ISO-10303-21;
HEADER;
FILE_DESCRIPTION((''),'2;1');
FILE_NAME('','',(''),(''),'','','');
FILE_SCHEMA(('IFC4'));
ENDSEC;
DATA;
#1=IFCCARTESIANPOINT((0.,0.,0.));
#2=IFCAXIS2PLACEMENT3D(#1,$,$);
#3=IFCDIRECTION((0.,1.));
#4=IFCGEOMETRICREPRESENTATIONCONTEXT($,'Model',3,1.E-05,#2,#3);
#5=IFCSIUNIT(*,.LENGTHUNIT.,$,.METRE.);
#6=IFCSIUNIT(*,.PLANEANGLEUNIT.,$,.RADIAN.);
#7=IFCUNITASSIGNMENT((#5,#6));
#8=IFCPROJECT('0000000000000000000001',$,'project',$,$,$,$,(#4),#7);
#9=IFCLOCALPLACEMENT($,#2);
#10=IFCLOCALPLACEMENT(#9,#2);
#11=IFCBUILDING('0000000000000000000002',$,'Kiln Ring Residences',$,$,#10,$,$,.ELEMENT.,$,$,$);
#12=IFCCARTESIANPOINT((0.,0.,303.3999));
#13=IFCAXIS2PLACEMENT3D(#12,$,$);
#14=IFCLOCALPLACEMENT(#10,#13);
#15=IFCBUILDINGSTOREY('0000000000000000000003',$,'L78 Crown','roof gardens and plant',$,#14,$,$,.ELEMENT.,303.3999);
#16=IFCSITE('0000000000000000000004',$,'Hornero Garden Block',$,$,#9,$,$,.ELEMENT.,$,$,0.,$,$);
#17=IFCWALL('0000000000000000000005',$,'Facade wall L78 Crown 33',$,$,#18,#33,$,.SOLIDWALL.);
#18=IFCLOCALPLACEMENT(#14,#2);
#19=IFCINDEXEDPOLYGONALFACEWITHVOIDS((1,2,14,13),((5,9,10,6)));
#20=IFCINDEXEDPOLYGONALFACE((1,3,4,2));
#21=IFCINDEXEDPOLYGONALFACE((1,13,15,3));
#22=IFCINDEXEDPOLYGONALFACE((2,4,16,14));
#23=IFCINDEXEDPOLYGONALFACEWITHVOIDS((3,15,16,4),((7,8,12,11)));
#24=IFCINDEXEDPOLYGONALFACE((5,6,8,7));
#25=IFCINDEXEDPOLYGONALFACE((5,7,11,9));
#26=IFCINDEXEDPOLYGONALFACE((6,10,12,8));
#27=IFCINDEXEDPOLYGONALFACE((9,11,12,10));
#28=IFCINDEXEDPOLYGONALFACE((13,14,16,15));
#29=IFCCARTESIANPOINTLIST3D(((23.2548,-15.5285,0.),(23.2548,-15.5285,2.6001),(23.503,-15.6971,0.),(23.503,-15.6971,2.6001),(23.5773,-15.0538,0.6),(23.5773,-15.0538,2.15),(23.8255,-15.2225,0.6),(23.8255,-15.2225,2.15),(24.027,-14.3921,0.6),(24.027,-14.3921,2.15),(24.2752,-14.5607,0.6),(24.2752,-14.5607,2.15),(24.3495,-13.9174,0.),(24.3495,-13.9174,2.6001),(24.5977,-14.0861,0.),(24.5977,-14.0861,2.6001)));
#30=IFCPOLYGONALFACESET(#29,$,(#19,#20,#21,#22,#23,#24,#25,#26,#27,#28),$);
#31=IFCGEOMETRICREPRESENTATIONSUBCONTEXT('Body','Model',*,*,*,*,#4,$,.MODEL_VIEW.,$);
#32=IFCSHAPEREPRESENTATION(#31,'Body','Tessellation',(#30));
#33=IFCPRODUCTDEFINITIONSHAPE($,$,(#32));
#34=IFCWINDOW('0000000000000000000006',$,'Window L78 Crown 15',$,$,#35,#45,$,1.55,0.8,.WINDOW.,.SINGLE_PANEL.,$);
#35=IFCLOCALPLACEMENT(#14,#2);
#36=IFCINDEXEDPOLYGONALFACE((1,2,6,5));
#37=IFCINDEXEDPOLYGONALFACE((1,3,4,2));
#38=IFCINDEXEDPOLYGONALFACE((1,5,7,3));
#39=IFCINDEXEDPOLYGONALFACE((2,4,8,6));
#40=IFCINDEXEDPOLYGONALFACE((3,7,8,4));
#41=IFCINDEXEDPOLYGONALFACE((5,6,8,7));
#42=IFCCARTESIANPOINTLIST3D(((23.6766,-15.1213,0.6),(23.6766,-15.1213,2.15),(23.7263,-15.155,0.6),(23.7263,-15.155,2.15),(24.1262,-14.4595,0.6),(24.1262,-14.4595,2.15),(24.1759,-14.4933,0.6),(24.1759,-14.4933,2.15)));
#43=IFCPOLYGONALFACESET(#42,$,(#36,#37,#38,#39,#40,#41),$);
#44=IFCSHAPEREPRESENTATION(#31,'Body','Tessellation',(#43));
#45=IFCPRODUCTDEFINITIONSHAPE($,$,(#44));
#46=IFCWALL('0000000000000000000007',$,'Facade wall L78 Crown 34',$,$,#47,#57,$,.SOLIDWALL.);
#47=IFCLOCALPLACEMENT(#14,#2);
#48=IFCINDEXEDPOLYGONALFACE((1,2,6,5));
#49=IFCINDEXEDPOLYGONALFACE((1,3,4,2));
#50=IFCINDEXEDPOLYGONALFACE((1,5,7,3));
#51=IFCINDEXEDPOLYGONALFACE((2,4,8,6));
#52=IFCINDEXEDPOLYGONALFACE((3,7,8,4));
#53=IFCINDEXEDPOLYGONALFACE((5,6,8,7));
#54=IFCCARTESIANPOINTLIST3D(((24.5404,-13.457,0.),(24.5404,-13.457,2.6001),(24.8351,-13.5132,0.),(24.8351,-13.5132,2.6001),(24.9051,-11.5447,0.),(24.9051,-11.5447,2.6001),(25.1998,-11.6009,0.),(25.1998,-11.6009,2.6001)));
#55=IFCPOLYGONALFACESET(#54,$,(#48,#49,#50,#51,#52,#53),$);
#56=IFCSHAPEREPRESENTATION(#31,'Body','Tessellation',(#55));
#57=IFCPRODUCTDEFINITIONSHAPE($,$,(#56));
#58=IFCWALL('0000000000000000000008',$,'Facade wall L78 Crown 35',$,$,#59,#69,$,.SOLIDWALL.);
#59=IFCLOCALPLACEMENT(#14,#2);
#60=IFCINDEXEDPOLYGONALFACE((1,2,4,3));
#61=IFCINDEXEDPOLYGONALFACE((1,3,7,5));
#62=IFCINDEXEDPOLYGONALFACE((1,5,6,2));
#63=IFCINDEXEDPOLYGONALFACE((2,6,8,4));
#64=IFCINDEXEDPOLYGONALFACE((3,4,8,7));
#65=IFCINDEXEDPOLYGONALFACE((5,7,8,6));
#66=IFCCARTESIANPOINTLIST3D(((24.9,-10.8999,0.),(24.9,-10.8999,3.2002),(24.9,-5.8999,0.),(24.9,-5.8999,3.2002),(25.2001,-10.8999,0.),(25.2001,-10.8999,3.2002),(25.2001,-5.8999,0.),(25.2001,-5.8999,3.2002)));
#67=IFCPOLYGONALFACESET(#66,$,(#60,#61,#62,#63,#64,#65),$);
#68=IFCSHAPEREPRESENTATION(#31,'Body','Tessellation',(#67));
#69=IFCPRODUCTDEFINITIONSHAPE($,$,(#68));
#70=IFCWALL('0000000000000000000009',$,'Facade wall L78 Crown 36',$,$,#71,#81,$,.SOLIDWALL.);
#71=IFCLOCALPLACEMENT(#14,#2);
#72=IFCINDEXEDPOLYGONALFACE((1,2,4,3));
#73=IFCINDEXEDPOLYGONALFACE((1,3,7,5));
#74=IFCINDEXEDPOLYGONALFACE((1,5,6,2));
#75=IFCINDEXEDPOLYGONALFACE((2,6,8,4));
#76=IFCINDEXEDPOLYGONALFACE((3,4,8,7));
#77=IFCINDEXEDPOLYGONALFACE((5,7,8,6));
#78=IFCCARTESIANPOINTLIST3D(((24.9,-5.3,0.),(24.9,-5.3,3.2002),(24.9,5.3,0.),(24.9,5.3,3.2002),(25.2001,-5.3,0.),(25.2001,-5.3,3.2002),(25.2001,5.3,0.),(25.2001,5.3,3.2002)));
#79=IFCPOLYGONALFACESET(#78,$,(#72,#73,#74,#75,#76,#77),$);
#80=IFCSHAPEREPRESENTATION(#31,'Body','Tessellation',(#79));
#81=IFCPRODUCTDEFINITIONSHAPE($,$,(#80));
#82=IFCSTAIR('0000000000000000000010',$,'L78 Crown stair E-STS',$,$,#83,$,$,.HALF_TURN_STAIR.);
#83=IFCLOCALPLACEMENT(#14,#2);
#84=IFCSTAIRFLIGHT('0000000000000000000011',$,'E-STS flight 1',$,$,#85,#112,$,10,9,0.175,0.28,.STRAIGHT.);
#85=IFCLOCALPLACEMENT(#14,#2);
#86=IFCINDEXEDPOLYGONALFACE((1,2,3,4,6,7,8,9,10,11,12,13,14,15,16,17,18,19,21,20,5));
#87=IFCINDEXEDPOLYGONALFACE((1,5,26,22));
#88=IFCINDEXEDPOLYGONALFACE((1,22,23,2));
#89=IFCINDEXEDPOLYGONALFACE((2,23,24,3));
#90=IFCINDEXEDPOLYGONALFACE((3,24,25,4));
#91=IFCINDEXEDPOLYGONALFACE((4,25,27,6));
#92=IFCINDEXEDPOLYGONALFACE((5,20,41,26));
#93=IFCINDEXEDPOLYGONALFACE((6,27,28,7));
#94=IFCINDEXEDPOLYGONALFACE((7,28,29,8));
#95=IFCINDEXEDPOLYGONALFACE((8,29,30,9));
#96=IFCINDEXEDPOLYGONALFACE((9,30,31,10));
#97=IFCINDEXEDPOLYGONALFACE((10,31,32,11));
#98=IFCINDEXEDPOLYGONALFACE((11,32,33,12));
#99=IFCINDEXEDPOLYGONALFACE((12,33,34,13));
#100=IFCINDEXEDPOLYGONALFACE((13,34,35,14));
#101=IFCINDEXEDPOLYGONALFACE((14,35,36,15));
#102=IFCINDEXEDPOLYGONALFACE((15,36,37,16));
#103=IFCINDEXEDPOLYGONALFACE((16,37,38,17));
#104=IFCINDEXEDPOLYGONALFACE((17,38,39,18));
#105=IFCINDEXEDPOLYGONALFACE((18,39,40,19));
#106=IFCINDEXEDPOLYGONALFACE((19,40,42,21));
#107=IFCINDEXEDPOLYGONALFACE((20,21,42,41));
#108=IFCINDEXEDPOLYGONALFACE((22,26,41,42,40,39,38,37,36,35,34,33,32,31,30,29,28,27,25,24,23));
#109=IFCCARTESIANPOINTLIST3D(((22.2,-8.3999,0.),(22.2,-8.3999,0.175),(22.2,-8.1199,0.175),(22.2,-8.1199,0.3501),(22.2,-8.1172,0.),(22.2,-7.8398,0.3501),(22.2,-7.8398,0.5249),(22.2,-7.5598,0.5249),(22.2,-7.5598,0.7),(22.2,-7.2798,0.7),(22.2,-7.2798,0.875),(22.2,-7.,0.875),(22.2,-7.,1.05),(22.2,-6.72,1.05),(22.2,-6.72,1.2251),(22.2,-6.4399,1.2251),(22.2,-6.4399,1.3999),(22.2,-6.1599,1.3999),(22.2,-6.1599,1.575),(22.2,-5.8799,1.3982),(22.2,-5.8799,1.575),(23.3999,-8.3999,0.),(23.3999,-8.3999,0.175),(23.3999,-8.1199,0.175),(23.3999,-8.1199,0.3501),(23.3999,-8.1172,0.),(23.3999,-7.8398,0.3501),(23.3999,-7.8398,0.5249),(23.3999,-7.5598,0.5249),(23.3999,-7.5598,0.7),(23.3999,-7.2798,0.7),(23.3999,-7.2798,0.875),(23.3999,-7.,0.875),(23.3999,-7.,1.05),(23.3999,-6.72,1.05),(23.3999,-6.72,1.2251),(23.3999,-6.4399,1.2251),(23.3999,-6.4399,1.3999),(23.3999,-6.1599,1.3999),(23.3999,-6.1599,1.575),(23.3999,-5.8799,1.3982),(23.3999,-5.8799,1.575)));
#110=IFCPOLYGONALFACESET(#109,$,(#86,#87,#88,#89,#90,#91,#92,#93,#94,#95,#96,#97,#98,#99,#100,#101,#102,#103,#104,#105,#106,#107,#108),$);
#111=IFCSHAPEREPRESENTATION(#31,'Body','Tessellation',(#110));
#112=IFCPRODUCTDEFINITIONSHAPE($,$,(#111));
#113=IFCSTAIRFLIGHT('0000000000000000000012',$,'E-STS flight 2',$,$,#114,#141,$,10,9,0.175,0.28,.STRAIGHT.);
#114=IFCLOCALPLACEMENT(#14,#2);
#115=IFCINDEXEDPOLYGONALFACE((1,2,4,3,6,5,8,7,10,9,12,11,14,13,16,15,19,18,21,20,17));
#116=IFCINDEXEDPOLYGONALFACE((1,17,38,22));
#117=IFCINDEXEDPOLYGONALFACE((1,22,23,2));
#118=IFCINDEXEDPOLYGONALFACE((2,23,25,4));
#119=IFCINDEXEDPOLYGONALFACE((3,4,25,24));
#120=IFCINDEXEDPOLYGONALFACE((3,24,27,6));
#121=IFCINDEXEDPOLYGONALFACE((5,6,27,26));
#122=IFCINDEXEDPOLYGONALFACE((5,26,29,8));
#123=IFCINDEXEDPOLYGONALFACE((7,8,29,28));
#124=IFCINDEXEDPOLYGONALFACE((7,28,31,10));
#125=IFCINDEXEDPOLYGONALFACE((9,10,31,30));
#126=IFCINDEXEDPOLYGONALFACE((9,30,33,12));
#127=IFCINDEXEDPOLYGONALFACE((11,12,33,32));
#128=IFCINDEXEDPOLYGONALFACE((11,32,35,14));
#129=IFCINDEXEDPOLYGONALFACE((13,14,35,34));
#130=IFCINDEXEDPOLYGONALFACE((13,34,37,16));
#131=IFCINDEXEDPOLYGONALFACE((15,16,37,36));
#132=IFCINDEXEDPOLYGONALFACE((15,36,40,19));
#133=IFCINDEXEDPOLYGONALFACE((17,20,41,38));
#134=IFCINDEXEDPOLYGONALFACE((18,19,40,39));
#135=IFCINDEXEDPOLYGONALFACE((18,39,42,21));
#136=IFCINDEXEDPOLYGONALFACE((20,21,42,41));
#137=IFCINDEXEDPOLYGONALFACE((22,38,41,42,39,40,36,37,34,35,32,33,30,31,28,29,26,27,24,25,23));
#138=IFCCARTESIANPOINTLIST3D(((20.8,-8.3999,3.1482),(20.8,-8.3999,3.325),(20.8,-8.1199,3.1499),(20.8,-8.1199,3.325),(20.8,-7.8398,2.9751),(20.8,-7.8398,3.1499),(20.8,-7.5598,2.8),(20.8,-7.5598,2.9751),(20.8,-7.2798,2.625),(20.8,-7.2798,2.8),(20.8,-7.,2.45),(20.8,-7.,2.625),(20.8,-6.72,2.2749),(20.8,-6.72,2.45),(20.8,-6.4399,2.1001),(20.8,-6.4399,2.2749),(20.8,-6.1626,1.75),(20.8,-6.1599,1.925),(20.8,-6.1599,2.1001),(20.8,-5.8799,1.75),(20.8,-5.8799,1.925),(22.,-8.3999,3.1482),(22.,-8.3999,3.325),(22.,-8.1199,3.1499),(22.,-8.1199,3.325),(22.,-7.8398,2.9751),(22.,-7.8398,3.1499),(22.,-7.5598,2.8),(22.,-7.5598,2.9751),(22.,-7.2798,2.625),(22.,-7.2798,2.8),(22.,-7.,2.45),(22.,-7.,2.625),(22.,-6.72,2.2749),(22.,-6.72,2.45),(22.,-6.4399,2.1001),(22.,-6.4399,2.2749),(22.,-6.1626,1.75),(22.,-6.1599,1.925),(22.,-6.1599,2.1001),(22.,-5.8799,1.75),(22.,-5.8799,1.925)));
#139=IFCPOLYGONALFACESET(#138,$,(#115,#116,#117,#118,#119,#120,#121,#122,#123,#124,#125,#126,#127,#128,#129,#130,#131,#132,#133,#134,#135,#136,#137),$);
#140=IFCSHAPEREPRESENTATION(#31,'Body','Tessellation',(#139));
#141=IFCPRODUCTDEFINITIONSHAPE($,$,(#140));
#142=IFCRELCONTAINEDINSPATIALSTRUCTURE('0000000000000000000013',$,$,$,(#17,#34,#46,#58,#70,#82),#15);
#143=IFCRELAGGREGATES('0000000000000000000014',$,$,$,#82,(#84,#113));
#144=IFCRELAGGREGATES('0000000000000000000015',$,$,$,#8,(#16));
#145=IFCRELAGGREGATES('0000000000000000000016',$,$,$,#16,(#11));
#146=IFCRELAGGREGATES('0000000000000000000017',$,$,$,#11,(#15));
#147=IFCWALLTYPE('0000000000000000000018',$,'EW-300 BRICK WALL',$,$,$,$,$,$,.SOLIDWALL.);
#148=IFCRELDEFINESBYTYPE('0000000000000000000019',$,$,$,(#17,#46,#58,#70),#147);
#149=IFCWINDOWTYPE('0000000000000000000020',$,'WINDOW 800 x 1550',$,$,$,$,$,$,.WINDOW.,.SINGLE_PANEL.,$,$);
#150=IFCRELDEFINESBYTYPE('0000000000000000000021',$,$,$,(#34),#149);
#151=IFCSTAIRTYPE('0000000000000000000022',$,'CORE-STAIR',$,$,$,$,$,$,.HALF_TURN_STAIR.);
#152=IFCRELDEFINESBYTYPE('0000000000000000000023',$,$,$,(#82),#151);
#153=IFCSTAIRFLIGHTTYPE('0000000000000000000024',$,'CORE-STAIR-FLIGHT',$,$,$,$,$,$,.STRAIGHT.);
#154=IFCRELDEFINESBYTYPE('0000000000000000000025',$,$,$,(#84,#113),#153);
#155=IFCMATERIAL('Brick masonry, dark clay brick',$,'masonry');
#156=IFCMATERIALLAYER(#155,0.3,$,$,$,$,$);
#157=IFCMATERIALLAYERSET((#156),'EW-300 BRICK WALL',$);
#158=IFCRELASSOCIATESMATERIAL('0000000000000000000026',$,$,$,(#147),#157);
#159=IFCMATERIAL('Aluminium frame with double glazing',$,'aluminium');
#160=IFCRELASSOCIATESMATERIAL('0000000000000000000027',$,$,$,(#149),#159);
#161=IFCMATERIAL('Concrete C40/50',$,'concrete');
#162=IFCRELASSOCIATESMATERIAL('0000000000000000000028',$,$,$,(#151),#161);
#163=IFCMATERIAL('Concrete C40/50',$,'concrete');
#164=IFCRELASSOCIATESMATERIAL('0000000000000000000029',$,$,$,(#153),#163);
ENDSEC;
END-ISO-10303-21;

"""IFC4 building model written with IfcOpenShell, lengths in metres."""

from ifc_helpers import new_model, si_unit, direction, frame, frame_2d, origin, place, context, subcontext, project, spatial, polyline, rectangle, outline, extrude, material, layer, layer_set, type_object, element, fill, aggregate, save


model = new_model("IFC4")

# Units and contexts
model_context = context("Model", 3, precision=1e-05, world=origin(), true_north=direction((0.0, 1.0)))
body_context = subcontext(model_context, "Body", "Model", "MODEL_VIEW")
ifc_project = project(units=[si_unit("LENGTHUNIT", "METRE"), si_unit("PLANEANGLEUNIT", "RADIAN")], contexts=[model_context])

# Site, building, storey
site_placement = place(None, origin())
site = spatial("IfcSite", under=ifc_project, at=site_placement, Name="Hornero Garden Block", CompositionType="ELEMENT", RefElevation=0.0)
building_placement = place(site_placement, origin())
building = spatial("IfcBuilding", under=site, at=building_placement, Name="Kiln Ring Residences", CompositionType="ELEMENT")
storey_placement = place(building_placement, frame((0.0, 0.0, 303.3999)))
storey = spatial("IfcBuildingStorey", under=building, at=storey_placement, Name="L78 Crown", Description="roof gardens and plant", CompositionType="ELEMENT", Elevation=303.3999)

# Shared definitions
ifc_material_1 = material(Name="Brick masonry, dark clay brick", Category="masonry")
ifc_layer_1 = layer(ifc_material_1, 0.3)
ifc_layer_set_1 = layer_set([ifc_layer_1], Name="EW-300 BRICK WALL")
wall_type_1 = type_object("IfcWallType", Name="EW-300 BRICK WALL", PredefinedType="SOLIDWALL", material=ifc_layer_set_1)

# Wall, opening, window
wall_1_placement = place(storey_placement, frame((23.3789, -15.6128, 0.0), z_axis=(0.0, 0.0, 1.0), x_axis=(0.562025, 0.82712, 0.0)))
wall_1 = element("IfcWall", 1, at=wall_1_placement, inside=storey, type_object=wall_type_1, Name="Facade wall L78 Crown 33", PredefinedType="SOLIDWALL", context=body_context, shape_type="SweptSolid", body=[
    extrude(rectangle(XDim=1.9478, YDim=0.3, at=frame_2d((0.9739, 0.0))), origin(), (0.0, 0.0, 1.0), 2.6001),
])
opening_placement = place(wall_1_placement, frame((0.574, 0.0, 0.6001)))
opening = element("IfcOpeningElement", 2, at=opening_placement, cuts=wall_1, PredefinedType="OPENING", context=body_context, shape_type="SweptSolid", body=[
    extrude(rectangle(XDim=0.8, YDim=1.55, at=frame_2d((0.3999, 0.7749))), frame((0.0, 0.1599, 0.0), z_axis=(0.0, -1.0, 0.0), x_axis=(1.0, 0.0, 0.0)), (0.0, 0.0, 1.0), 0.3201),
])
ifc_material_2 = material(Name="Aluminium frame with double glazing", Category="aluminium")
window_type = type_object("IfcWindowType", Name="WINDOW 800 x 1550", PartitioningType="SINGLE_PANEL", PredefinedType="WINDOW", material=ifc_material_2)
window_placement = place(opening_placement, origin())
window = element("IfcWindow", 3, at=window_placement, inside=storey, type_object=window_type, Name="Window L78 Crown 15", OverallHeight=1.55, OverallWidth=0.8, PartitioningType="SINGLE_PANEL", PredefinedType="WINDOW", context=body_context, shape_type="SweptSolid", body=[
    extrude(rectangle(XDim=0.8, YDim=1.55, at=frame_2d((0.3999, 0.7749))), frame((0.0, 0.03, 0.0), z_axis=(0.0, -1.0, 0.0), x_axis=(1.0, 0.0, 0.0)), (0.0, 0.0, 1.0), 0.0601),
])
fill(opening, window)

# Walls
wall_2_placement = place(storey_placement, frame((24.6877, -13.4851, 0.0), z_axis=(0.0, 0.0, 1.0), x_axis=(0.187354, 0.982292, 0.0)))
element("IfcWall", 4, at=wall_2_placement, inside=storey, type_object=wall_type_1, Name="Facade wall L78 Crown 34", PredefinedType="SOLIDWALL", context=body_context, shape_type="SweptSolid", body=[
    extrude(rectangle(XDim=1.9468, YDim=0.3, at=frame_2d((0.9734, 0.0))), origin(), (0.0, 0.0, 1.0), 2.6001),
])
wall_3_placement = place(storey_placement, frame((25.05, -10.8999, 0.0), z_axis=(0.0, 0.0, 1.0), x_axis=(0.0, 1.0, 0.0)))
element("IfcWall", 5, at=wall_3_placement, inside=storey, type_object=wall_type_1, Name="Facade wall L78 Crown 35", PredefinedType="SOLIDWALL", context=body_context, shape_type="SweptSolid", body=[
    extrude(rectangle(XDim=5.0, YDim=0.3, at=frame_2d((2.5, 0.0))), origin(), (0.0, 0.0, 1.0), 3.2002),
])
wall_4_placement = place(storey_placement, frame((25.05, -5.3, 0.0), z_axis=(0.0, 0.0, 1.0), x_axis=(0.0, 1.0, 0.0)))
element("IfcWall", 6, at=wall_4_placement, inside=storey, type_object=wall_type_1, Name="Facade wall L78 Crown 36", PredefinedType="SOLIDWALL", context=body_context, shape_type="SweptSolid", body=[
    extrude(rectangle(XDim=10.6001, YDim=0.3, at=frame_2d((5.3, 0.0))), origin(), (0.0, 0.0, 1.0), 3.2002),
])

# Stair, stair flights
ifc_material_3 = material(Name="Concrete C40/50", Category="concrete")
stair_type = type_object("IfcStairType", Name="CORE-STAIR", PredefinedType="HALF_TURN_STAIR", material=ifc_material_3)
stair_placement = place(storey_placement, origin())
stair = element("IfcStair", 7, at=stair_placement, inside=storey, type_object=stair_type, Name="L78 Crown stair E-STS", PredefinedType="HALF_TURN_STAIR")
ifc_material_4 = material(Name="Concrete C40/50", Category="concrete")
stair_flight_type = type_object("IfcStairFlightType", Name="CORE-STAIR-FLIGHT", PredefinedType="STRAIGHT", material=ifc_material_4)
stair_flight_1_placement = place(storey_placement, frame((22.8, -8.3999, 0.0), z_axis=(0.0, 0.0, 1.0), x_axis=(0.0, 1.0, 0.0)))
stair_flight_1 = element("IfcStairFlight", 8, at=stair_flight_1_placement, type_object=stair_flight_type, Name="E-STS flight 1", NumberOfRisers=10, NumberOfTreads=9, PredefinedType="STRAIGHT", RiserHeight=0.175, TreadLength=0.28, context=body_context, shape_type="SweptSolid", body=[
    extrude(outline(polyline([(0.0, 0.0), (0.0, 0.175), (0.28, 0.175), (0.28, 0.3501), (0.5601, 0.3501), (0.5601, 0.5249), (0.8401, 0.5249), (0.8401, 0.7), (1.1201, 0.7), (1.1201, 0.875), (1.3999, 0.875), (1.3999, 1.05), (1.6799, 1.05), (1.6799, 1.2251), (1.96, 1.2251), (1.96, 1.3999), (2.24, 1.3999), (2.24, 1.575), (2.52, 1.575), (2.52, 1.75), (2.52, 1.3982), (0.2827, 0.0), (0.0, 0.0)])), frame((0.0, 0.6001, 0.0), z_axis=(0.0, -1.0, 0.0), x_axis=(1.0, 0.0, 0.0)), (0.0, 0.0, 1.0), 1.2),
])
stair_flight_2_placement = place(storey_placement, frame((21.3999, -5.8799, 1.75), z_axis=(0.0, 0.0, 1.0), x_axis=(0.0, -1.0, 0.0)))
stair_flight_2 = element("IfcStairFlight", 9, at=stair_flight_2_placement, type_object=stair_flight_type, Name="E-STS flight 2", NumberOfRisers=10, NumberOfTreads=9, PredefinedType="STRAIGHT", RiserHeight=0.175, TreadLength=0.28, context=body_context, shape_type="SweptSolid", body=[
    extrude(outline(polyline([(0.0, 0.0), (0.0, 0.175), (0.28, 0.175), (0.28, 0.3501), (0.5601, 0.3501), (0.5601, 0.5249), (0.8401, 0.5249), (0.8401, 0.7), (1.1201, 0.7), (1.1201, 0.875), (1.3999, 0.875), (1.3999, 1.05), (1.6799, 1.05), (1.6799, 1.2251), (1.96, 1.2251), (1.96, 1.3999), (2.24, 1.3999), (2.24, 1.575), (2.52, 1.575), (2.52, 1.75), (2.52, 1.3982), (0.2827, 0.0), (0.0, 0.0)])), frame((0.0, 0.6001, 0.0), z_axis=(0.0, -1.0, 0.0), x_axis=(1.0, 0.0, 0.0)), (0.0, 0.0, 1.0), 1.2),
])
aggregate(stair, [stair_flight_1, stair_flight_2])

save(model, "model.ifc")
